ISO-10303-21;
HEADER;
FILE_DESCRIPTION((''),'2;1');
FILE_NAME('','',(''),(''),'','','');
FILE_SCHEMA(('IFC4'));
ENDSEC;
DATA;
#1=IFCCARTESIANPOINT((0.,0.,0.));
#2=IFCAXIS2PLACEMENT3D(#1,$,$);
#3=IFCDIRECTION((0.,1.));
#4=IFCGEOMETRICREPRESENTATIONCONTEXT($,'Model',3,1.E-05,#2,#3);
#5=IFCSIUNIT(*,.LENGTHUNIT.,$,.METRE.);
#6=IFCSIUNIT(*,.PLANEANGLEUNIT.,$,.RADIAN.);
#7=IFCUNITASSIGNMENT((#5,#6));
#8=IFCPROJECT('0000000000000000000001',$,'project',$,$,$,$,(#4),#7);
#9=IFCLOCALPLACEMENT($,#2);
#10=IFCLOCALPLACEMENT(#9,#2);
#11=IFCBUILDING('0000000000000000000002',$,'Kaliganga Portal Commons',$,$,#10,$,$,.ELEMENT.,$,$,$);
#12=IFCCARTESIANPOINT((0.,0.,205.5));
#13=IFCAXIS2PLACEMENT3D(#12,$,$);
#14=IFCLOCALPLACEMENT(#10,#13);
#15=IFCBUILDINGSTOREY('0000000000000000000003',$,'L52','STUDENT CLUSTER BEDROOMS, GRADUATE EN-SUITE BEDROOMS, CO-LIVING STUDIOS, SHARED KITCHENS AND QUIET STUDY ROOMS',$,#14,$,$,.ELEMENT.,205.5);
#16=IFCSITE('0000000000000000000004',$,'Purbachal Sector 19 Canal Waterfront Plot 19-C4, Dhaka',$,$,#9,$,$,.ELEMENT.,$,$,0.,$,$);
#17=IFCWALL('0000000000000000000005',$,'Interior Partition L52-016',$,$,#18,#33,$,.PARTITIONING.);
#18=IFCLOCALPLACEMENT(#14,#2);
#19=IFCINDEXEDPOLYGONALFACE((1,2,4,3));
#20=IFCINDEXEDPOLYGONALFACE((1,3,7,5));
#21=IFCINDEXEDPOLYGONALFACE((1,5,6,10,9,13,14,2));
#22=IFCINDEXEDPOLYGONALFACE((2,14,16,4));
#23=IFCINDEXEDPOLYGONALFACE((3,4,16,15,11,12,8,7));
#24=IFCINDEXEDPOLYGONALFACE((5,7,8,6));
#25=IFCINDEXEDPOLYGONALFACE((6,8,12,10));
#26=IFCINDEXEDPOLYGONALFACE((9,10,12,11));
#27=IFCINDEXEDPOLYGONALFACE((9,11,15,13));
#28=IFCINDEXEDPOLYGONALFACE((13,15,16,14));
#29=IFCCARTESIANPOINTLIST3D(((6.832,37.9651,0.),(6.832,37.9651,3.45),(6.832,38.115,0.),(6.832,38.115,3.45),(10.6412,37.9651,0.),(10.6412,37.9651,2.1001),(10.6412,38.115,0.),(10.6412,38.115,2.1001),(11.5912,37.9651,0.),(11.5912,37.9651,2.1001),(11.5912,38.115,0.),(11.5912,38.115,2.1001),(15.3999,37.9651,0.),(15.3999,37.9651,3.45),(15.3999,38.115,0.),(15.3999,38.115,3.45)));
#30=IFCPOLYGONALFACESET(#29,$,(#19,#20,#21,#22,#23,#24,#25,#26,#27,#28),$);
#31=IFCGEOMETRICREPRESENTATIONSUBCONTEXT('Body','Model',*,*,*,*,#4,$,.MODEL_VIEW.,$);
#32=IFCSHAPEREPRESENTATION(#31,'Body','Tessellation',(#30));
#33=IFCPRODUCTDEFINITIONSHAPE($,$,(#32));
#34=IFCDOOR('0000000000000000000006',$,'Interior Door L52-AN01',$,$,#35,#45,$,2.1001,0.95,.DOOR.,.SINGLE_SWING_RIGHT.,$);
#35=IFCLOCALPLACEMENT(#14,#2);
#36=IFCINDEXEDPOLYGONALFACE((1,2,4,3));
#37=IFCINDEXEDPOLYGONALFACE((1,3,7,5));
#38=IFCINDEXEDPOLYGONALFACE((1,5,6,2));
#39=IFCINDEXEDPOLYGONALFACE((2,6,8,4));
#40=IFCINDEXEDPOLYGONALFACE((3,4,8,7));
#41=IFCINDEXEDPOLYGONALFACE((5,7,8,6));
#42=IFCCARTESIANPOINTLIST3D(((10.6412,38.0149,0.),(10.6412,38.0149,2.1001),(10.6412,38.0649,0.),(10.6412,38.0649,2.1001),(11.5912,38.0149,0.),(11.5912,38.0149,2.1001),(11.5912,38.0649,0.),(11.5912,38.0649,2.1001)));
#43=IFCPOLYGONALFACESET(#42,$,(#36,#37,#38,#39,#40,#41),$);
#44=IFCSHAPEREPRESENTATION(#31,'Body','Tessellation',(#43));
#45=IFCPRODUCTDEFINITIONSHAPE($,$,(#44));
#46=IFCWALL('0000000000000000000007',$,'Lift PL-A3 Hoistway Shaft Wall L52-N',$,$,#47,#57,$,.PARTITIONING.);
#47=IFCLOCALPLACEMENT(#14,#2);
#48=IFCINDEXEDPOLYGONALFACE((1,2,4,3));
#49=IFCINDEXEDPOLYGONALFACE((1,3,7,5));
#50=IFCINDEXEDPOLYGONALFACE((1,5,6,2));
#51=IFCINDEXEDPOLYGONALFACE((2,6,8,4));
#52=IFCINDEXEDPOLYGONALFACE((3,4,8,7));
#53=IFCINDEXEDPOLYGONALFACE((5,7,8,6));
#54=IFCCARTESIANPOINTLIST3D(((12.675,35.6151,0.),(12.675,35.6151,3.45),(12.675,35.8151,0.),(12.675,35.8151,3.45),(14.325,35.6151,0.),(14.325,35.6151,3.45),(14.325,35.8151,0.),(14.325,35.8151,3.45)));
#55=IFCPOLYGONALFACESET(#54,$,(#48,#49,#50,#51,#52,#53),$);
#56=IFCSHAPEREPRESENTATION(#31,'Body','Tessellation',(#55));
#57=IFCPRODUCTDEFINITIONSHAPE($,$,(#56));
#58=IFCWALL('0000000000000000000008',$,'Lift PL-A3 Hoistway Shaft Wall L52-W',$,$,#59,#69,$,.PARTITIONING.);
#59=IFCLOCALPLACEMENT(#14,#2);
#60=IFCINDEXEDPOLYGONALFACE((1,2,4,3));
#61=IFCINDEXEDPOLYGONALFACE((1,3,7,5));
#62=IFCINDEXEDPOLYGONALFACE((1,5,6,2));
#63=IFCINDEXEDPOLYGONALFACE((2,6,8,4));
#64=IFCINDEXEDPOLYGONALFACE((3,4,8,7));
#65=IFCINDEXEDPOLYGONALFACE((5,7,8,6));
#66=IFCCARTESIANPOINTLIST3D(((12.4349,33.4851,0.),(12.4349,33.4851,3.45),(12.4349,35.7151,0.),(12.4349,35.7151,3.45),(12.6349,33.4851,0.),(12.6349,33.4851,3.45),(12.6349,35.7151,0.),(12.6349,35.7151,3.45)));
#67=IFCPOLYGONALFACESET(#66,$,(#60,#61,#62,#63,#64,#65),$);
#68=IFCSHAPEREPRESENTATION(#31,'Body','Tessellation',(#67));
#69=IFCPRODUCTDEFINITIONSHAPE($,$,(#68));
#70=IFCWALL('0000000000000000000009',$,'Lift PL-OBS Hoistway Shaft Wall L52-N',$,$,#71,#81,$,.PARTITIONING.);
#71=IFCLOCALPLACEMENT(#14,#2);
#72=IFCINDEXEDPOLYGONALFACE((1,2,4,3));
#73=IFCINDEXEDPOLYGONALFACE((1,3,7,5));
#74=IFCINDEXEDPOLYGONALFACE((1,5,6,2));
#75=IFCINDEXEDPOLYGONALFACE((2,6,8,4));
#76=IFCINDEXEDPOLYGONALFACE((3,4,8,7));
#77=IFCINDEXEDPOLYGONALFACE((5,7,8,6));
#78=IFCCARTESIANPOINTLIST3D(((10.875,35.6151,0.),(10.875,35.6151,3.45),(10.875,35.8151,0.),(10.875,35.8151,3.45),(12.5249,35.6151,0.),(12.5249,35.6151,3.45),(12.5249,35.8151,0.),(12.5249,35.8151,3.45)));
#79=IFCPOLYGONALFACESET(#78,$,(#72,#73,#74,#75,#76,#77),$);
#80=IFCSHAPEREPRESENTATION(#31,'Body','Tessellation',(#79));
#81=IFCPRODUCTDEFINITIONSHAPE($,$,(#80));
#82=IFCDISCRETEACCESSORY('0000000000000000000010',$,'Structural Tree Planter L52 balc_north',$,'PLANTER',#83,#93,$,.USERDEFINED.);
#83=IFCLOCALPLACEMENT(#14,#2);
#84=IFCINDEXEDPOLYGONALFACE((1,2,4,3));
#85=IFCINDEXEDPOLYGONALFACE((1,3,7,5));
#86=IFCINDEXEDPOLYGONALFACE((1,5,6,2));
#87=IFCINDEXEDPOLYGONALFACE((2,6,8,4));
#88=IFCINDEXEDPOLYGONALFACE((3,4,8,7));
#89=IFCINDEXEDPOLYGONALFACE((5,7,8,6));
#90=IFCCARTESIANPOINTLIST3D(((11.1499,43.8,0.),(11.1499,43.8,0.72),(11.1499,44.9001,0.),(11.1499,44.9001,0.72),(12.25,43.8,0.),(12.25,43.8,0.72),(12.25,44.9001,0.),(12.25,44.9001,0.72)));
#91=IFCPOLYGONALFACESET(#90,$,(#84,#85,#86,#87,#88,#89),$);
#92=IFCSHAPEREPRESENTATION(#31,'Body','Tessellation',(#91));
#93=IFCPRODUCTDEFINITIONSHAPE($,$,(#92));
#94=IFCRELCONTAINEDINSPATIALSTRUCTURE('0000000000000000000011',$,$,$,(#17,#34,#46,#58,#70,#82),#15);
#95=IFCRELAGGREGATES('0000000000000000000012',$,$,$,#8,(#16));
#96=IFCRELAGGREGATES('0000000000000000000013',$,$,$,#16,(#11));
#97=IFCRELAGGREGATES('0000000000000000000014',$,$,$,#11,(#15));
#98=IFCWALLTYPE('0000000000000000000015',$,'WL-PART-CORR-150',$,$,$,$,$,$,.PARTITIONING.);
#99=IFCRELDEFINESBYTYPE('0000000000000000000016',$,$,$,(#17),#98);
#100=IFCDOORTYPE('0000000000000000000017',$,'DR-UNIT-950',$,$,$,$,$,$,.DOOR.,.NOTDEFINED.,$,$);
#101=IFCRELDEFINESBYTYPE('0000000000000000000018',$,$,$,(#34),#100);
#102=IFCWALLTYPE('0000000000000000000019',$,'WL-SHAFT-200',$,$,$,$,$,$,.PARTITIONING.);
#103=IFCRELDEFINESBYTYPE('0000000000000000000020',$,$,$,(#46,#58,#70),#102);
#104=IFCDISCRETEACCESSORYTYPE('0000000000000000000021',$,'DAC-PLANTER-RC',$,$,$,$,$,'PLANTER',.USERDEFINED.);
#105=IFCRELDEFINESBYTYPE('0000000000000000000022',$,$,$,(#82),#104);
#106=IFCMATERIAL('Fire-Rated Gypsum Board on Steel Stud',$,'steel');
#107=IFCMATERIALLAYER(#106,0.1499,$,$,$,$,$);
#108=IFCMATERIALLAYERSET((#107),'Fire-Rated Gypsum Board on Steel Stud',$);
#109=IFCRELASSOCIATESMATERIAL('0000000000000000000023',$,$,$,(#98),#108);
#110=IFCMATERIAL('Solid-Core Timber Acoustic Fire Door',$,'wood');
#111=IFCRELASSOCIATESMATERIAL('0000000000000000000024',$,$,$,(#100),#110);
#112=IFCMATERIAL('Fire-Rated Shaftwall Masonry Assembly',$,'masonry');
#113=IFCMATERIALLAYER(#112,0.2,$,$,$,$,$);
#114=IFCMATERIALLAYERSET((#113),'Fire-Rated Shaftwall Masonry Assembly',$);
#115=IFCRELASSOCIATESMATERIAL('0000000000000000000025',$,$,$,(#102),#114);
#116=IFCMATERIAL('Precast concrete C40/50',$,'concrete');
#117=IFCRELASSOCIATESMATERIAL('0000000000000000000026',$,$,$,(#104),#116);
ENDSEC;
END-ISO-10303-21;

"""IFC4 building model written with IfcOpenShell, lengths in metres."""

from ifc_helpers import new_model, si_unit, direction, frame, frame_2d, origin, origin_2d, place, context, subcontext, project, spatial, rectangle, extrude, source, transform, mapped, material, layer, layer_set, type_object, element, fill, save


model = new_model("IFC4")

# Units and contexts
model_context = context("Model", 3, precision=1e-05, world=origin(), true_north=direction((0.0, 1.0)))
body_context = subcontext(model_context, "Body", "Model", "MODEL_VIEW")
ifc_project = project(units=[si_unit("LENGTHUNIT", "METRE"), si_unit("PLANEANGLEUNIT", "RADIAN")], contexts=[model_context])

# Site, building, storey
site_placement = place(None, origin())
site = spatial("IfcSite", under=ifc_project, at=site_placement, Name="Purbachal Sector 19 Canal Waterfront Plot 19-C4, Dhaka", CompositionType="ELEMENT", RefElevation=0.0)
building_placement = place(site_placement, origin())
building = spatial("IfcBuilding", under=site, at=building_placement, Name="Kaliganga Portal Commons", CompositionType="ELEMENT")
storey_placement = place(building_placement, frame((0.0, 0.0, 205.5)))
storey = spatial("IfcBuildingStorey", under=building, at=storey_placement, Name="L52", Description="STUDENT CLUSTER BEDROOMS, GRADUATE EN-SUITE BEDROOMS, CO-LIVING STUDIOS, SHARED KITCHENS AND QUIET STUDY ROOMS", CompositionType="ELEMENT", Elevation=205.5)

# Wall, opening, door
ifc_material_1 = material(Name="Fire-Rated Gypsum Board on Steel Stud", Category="steel")
ifc_layer_1 = layer(ifc_material_1, 0.1499)
ifc_layer_set_1 = layer_set([ifc_layer_1], Name="Fire-Rated Gypsum Board on Steel Stud")
wall_type_1 = type_object("IfcWallType", Name="WL-PART-CORR-150", PredefinedType="PARTITIONING", material=ifc_layer_set_1)
wall_1_placement = place(storey_placement, frame((6.832, 38.04, 0.0), z_axis=(0.0, 0.0, 1.0), x_axis=(1.0, 0.0, 0.0)))
wall_1 = element("IfcWall", 1, at=wall_1_placement, inside=storey, type_object=wall_type_1, Name="Interior Partition L52-016", PredefinedType="PARTITIONING", context=body_context, shape_type="SweptSolid", body=[
    extrude(rectangle(XDim=8.5679, YDim=0.1499, at=frame_2d((4.2839, 0.0))), origin(), (0.0, 0.0, 1.0), 3.45),
])
opening_1_placement = place(wall_1_placement, frame((3.8091, 0.0, 0.0)))
opening_1 = element("IfcOpeningElement", 2, at=opening_1_placement, cuts=wall_1, PredefinedType="OPENING", context=body_context, shape_type="SweptSolid", body=[
    extrude(rectangle(XDim=0.95, YDim=2.1001, at=frame_2d((0.4751, 1.05))), frame((0.0, 0.085, 0.0), z_axis=(0.0, -1.0, 0.0), x_axis=(1.0, 0.0, 0.0)), (0.0, 0.0, 1.0), 0.1699),
])
ifc_material_2 = material(Name="Solid-Core Timber Acoustic Fire Door", Category="wood")
door_type_1 = type_object("IfcDoorType", Name="DR-UNIT-950", OperationType="NOTDEFINED", PredefinedType="DOOR", material=ifc_material_2)
door_1_placement = place(opening_1_placement, origin())
door_1 = element("IfcDoor", 3, at=door_1_placement, inside=storey, type_object=door_type_1, Name="Interior Door L52-AN01", OperationType="SINGLE_SWING_RIGHT", OverallHeight=2.1001, OverallWidth=0.95, PredefinedType="DOOR", context=body_context, shape_type="SweptSolid", body=[
    extrude(rectangle(XDim=0.95, YDim=2.1001, at=frame_2d((0.4751, 1.05))), frame((0.0, 0.0249, 0.0), z_axis=(0.0, -1.0, 0.0), x_axis=(1.0, 0.0, 0.0)), (0.0, 0.0, 1.0), 0.05),
])
fill(opening_1, door_1)
ifc_material_3 = material(Name="Fire-Rated Shaftwall Masonry Assembly", Category="masonry")
ifc_layer_2 = layer(ifc_material_3, 0.2)
ifc_layer_set_2 = layer_set([ifc_layer_2], Name="Fire-Rated Shaftwall Masonry Assembly")
wall_type_2 = type_object("IfcWallType", Name="WL-SHAFT-200", PredefinedType="PARTITIONING", material=ifc_layer_set_2)

# Walls
wall_2_placement = place(storey_placement, frame((12.675, 35.7151, 0.0), z_axis=(0.0, 0.0, 1.0), x_axis=(1.0, 0.0, 0.0)))
element("IfcWall", 4, at=wall_2_placement, inside=storey, type_object=wall_type_2, Name="Lift PL-A3 Hoistway Shaft Wall L52-N", PredefinedType="PARTITIONING", context=body_context, shape_type="SweptSolid", body=[
    extrude(rectangle(XDim=1.6499, YDim=0.2, at=frame_2d((0.825, 0.0))), origin(), (0.0, 0.0, 1.0), 3.45),
])
wall_3_placement = place(storey_placement, frame((12.5349, 33.4851, 0.0), z_axis=(0.0, 0.0, 1.0), x_axis=(0.0, 1.0, 0.0)))
element("IfcWall", 5, at=wall_3_placement, inside=storey, type_object=wall_type_2, Name="Lift PL-A3 Hoistway Shaft Wall L52-W", PredefinedType="PARTITIONING", context=body_context, shape_type="SweptSolid", body=[
    extrude(rectangle(XDim=2.23, YDim=0.2, at=frame_2d((1.115, 0.0))), origin(), (0.0, 0.0, 1.0), 3.45),
])

# Wall
wall_4_placement = place(storey_placement, frame((10.875, 35.7151, 0.0), z_axis=(0.0, 0.0, 1.0), x_axis=(1.0, 0.0, 0.0)))
element("IfcWall", 6, at=wall_4_placement, inside=storey, type_object=wall_type_2, Name="Lift PL-OBS Hoistway Shaft Wall L52-N", PredefinedType="PARTITIONING", context=body_context, shape_type="SweptSolid", body=[
    extrude(rectangle(XDim=1.6499, YDim=0.2, at=frame_2d((0.825, 0.0))), origin(), (0.0, 0.0, 1.0), 3.45),
])

# Discrete accessory
ifc_material_4 = material(Name="Precast concrete C40/50", Category="concrete")
discrete_accessory_type = type_object("IfcDiscreteAccessoryType", Name="DAC-PLANTER-RC", ElementType="PLANTER", PredefinedType="USERDEFINED", material=ifc_material_4)
shared_shape_1 = source(origin(), body_context, "Body", "SweptSolid", [
    extrude(rectangle(XDim=1.1001, YDim=1.1001, at=origin_2d()), origin(), (0.0, 0.0, 1.0), 0.72),
])
discrete_accessory_placement = place(storey_placement, frame((11.7, 44.3501, 0.0), z_axis=(0.0, 0.0, 1.0), x_axis=(1.0, 0.0, 0.0)))
element("IfcDiscreteAccessory", 7, at=discrete_accessory_placement, inside=storey, type_object=discrete_accessory_type, Name="Structural Tree Planter L52 balc_north", ObjectType="PLANTER", PredefinedType="USERDEFINED", context=body_context, shape_type="MappedRepresentation", body=[
    mapped(shared_shape_1, transform((0.0, 0.0, 0.0), x_axis=(1.0, 0.0, 0.0), y_axis=(0.0, 1.0, 0.0), z_axis=(0.0, 0.0, 1.0), scale=1.0)),
])

save(model, "model.ifc")
